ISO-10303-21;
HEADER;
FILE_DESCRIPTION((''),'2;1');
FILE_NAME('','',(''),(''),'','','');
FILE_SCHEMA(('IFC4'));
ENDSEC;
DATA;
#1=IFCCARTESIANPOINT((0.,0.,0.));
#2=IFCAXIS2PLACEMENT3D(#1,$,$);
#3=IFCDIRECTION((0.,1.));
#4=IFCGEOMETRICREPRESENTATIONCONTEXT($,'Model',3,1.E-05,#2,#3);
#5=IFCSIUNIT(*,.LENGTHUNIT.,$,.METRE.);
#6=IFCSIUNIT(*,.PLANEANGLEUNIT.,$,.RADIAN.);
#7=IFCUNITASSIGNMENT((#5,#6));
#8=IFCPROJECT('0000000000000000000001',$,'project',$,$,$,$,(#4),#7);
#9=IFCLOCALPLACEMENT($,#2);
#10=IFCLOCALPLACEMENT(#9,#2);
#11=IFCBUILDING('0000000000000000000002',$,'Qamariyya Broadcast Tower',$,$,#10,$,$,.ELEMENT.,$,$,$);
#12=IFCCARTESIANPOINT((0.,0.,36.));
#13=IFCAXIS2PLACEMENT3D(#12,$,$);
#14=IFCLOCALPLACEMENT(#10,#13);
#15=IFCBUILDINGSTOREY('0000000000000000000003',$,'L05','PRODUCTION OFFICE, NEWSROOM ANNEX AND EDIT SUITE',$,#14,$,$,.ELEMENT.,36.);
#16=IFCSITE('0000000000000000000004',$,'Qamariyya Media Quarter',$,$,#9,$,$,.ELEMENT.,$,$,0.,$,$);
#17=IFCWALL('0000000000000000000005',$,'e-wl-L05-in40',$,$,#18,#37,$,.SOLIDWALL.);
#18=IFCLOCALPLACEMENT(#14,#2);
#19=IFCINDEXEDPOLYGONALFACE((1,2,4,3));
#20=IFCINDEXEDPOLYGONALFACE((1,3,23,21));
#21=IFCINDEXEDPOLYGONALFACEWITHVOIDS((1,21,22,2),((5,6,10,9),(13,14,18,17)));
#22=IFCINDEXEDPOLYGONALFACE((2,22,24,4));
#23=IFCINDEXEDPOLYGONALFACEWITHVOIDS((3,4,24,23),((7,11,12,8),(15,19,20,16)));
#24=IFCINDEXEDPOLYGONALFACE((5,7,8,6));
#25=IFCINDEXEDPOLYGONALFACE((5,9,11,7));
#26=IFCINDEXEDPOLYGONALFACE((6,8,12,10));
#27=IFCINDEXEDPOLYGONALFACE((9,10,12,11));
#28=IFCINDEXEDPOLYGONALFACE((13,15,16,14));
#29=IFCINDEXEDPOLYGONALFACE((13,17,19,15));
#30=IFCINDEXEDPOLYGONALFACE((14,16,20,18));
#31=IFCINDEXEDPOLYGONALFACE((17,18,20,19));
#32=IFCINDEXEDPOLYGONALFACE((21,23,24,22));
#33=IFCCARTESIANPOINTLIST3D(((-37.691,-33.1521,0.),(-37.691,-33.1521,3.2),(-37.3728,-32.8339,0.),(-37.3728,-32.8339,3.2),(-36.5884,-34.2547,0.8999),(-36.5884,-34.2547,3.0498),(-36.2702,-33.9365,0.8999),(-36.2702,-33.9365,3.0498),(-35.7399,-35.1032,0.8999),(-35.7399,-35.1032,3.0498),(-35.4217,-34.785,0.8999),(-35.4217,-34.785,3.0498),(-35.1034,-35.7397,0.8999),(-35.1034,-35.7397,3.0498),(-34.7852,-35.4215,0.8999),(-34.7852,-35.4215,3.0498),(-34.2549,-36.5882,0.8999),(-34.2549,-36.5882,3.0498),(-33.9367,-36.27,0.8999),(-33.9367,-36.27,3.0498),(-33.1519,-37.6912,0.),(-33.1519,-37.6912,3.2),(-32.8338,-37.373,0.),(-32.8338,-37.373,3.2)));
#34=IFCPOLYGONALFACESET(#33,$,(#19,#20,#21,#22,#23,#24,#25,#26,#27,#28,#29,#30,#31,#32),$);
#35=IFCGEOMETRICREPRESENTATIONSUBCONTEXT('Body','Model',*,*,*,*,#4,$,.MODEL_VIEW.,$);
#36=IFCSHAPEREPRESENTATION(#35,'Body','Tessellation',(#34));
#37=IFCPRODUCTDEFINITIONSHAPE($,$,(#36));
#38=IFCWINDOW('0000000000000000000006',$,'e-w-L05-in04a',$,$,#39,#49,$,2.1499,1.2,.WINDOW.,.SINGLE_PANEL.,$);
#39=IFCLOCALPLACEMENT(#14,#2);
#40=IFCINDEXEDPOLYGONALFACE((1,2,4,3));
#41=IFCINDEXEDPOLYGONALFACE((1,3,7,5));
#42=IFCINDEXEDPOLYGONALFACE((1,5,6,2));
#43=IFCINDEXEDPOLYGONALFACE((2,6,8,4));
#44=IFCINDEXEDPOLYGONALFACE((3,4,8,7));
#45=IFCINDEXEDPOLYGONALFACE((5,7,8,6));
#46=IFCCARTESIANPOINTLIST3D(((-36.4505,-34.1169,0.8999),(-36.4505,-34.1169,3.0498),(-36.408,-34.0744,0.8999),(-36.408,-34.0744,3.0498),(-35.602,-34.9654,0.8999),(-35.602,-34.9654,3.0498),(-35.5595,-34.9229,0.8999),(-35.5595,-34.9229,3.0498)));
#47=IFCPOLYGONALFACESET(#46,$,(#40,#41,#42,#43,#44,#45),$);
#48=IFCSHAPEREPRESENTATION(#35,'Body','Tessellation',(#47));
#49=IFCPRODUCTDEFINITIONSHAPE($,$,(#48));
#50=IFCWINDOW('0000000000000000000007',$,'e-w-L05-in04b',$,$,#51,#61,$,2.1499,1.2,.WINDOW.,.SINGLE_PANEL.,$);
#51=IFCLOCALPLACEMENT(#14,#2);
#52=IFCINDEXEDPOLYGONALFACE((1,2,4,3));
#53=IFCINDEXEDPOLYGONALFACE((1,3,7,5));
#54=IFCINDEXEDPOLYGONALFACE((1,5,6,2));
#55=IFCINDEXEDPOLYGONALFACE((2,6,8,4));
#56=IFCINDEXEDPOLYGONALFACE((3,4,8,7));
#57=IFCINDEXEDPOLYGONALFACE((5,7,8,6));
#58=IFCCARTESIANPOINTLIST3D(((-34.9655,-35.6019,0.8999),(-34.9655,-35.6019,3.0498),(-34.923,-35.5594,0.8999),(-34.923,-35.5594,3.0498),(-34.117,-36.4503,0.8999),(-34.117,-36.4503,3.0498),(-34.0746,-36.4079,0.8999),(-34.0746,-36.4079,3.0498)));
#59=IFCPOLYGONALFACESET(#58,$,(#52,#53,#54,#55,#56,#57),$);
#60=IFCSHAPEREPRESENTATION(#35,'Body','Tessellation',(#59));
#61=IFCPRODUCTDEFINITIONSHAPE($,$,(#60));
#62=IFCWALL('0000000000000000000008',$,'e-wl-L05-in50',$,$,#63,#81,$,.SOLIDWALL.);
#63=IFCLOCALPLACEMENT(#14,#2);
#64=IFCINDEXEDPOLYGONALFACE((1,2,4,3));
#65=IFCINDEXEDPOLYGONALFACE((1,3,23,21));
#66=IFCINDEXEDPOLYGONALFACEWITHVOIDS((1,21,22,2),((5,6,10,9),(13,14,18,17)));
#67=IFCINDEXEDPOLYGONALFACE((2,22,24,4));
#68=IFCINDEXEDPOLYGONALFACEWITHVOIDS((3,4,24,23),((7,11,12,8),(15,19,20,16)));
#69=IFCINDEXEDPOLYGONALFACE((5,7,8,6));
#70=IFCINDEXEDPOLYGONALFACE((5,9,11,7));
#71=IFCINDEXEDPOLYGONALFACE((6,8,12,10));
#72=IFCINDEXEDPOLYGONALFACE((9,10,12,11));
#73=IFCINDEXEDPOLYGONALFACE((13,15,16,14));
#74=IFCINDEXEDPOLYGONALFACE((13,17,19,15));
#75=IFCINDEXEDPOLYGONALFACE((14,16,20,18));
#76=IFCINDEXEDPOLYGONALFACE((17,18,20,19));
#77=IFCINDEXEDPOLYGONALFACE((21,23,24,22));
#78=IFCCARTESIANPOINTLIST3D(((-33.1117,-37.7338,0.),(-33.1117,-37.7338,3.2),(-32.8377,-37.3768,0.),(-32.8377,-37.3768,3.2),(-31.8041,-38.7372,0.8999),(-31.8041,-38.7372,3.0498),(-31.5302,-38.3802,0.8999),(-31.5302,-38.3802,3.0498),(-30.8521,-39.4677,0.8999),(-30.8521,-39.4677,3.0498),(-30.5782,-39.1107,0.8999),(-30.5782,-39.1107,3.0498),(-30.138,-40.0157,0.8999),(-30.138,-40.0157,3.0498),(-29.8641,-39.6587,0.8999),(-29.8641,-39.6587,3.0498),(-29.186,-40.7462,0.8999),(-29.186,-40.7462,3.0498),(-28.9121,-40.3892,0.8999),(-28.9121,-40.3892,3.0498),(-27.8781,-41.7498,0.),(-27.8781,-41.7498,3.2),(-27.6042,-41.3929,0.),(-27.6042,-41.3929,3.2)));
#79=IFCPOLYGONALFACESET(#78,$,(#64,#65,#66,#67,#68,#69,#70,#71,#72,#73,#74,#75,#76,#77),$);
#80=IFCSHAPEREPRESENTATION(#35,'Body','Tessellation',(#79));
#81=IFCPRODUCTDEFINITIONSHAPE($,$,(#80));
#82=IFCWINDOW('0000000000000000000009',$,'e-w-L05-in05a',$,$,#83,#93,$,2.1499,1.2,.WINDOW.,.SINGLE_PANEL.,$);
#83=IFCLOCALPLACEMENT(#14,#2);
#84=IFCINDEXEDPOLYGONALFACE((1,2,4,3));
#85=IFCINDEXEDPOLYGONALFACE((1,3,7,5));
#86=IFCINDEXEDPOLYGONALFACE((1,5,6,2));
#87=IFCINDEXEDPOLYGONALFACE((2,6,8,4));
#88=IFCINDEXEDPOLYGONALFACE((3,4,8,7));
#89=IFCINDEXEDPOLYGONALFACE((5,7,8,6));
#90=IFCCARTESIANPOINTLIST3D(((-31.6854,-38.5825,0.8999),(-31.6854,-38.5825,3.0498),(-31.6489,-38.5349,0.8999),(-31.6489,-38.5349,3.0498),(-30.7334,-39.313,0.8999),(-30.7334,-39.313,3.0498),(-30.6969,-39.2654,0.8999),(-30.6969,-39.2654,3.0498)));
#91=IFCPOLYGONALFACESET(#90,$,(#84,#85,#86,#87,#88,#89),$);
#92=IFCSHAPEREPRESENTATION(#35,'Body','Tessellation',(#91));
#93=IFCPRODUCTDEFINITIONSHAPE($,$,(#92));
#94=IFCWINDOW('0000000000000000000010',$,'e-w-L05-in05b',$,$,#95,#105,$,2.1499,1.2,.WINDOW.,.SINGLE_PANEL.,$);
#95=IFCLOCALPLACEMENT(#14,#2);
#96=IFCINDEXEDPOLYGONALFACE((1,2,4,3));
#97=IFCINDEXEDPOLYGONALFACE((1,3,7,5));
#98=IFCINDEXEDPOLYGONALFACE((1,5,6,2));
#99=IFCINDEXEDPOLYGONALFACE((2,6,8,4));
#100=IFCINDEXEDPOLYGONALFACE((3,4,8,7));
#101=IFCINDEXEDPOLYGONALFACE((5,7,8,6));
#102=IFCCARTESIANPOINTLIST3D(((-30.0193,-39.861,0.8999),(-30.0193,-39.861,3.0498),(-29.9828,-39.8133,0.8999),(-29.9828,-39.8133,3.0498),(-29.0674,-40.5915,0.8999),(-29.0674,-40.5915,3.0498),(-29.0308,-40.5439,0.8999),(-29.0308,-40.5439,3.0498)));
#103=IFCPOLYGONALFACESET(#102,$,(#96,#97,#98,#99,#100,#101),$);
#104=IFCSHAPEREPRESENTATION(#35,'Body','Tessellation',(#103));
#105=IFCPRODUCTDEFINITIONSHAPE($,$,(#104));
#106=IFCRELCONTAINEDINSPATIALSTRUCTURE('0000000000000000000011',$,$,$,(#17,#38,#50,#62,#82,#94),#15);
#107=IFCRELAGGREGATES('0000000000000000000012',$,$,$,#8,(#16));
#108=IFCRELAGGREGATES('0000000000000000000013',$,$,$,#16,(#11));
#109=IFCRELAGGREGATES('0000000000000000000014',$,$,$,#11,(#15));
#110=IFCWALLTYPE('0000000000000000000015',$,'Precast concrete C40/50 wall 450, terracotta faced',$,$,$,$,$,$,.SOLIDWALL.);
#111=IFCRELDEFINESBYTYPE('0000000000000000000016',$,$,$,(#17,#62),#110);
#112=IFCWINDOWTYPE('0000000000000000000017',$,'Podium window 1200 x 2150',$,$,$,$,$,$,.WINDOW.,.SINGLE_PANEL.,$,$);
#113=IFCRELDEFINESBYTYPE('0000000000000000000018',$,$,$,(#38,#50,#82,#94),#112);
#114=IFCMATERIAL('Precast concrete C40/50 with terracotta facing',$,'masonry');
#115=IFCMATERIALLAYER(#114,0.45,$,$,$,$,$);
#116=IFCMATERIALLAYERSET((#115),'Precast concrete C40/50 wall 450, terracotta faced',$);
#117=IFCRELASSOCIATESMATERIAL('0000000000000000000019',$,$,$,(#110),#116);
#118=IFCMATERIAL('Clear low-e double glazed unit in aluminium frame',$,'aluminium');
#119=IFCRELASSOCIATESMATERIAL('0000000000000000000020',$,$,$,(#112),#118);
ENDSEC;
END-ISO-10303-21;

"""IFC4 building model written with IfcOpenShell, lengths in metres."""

from ifc_helpers import new_model, si_unit, direction, frame, frame_2d, origin, place, context, subcontext, project, spatial, rectangle, extrude, material, layer, layer_set, type_object, element, fill, save


model = new_model("IFC4")

# Units and contexts
model_context = context("Model", 3, precision=1e-05, world=origin(), true_north=direction((0.0, 1.0)))
body_context = subcontext(model_context, "Body", "Model", "MODEL_VIEW")
ifc_project = project(units=[si_unit("LENGTHUNIT", "METRE"), si_unit("PLANEANGLEUNIT", "RADIAN")], contexts=[model_context])

# Site, building, storey
site_placement = place(None, origin())
site = spatial("IfcSite", under=ifc_project, at=site_placement, Name="Qamariyya Media Quarter", CompositionType="ELEMENT", RefElevation=0.0)
building_placement = place(site_placement, origin())
building = spatial("IfcBuilding", under=site, at=building_placement, Name="Qamariyya Broadcast Tower", CompositionType="ELEMENT")
storey_placement = place(building_placement, frame((0.0, 0.0, 36.0)))
storey = spatial("IfcBuildingStorey", under=building, at=storey_placement, Name="L05", Description="PRODUCTION OFFICE, NEWSROOM ANNEX AND EDIT SUITE", CompositionType="ELEMENT", Elevation=36.0)

# Walls, openings, windows
ifc_material_1 = material(Name="Precast concrete C40/50 with terracotta facing", Category="masonry")
ifc_layer_1 = layer(ifc_material_1, 0.45)
ifc_layer_set_1 = layer_set([ifc_layer_1], Name="Precast concrete C40/50 wall 450, terracotta faced")
wall_type_1 = type_object("IfcWallType", Name="Precast concrete C40/50 wall 450, terracotta faced", PredefinedType="SOLIDWALL", material=ifc_layer_set_1)
wall_1_placement = place(storey_placement, frame((-32.9929, -37.532, 0.0), z_axis=(0.0, 0.0, 1.0), x_axis=(-0.707107, 0.707107, 0.0)))
wall_1 = element("IfcWall", 1, at=wall_1_placement, inside=storey, type_object=wall_type_1, Name="e-wl-L05-in40", PredefinedType="SOLIDWALL", context=body_context, shape_type="SweptSolid", body=[
    extrude(rectangle(XDim=6.4192, YDim=0.45, at=frame_2d((3.2095, 0.0))), origin(), (0.0, 0.0, 1.0), 3.2),
])
opening_1_placement = place(wall_1_placement, frame((3.6597, 0.0, 0.8999)))
opening_1 = element("IfcOpeningElement", 2, at=opening_1_placement, cuts=wall_1, PredefinedType="OPENING", context=body_context, shape_type="SweptSolid", body=[
    extrude(rectangle(XDim=1.2, YDim=2.1499, at=frame_2d((0.6001, 1.075))), frame((0.0, 0.2349, 0.0), z_axis=(0.0, -1.0, 0.0), x_axis=(1.0, 0.0, 0.0)), (0.0, 0.0, 1.0), 0.47),
])
opening_2_placement = place(wall_1_placement, frame((1.5596, 0.0, 0.8999)))
opening_2 = element("IfcOpeningElement", 3, at=opening_2_placement, cuts=wall_1, PredefinedType="OPENING", context=body_context, shape_type="SweptSolid", body=[
    extrude(rectangle(XDim=1.2, YDim=2.1499, at=frame_2d((0.6001, 1.075))), frame((0.0, 0.2349, 0.0), z_axis=(0.0, -1.0, 0.0), x_axis=(1.0, 0.0, 0.0)), (0.0, 0.0, 1.0), 0.47),
])
ifc_material_2 = material(Name="Clear low-e double glazed unit in aluminium frame", Category="aluminium")
window_type = type_object("IfcWindowType", Name="Podium window 1200 x 2150", PartitioningType="SINGLE_PANEL", PredefinedType="WINDOW", material=ifc_material_2)
window_1_placement = place(opening_1_placement, origin())
window_1 = element("IfcWindow", 4, at=window_1_placement, inside=storey, type_object=window_type, Name="e-w-L05-in04a", OverallHeight=2.1499, OverallWidth=1.2, PartitioningType="SINGLE_PANEL", PredefinedType="WINDOW", context=body_context, shape_type="SweptSolid", body=[
    extrude(rectangle(XDim=1.2, YDim=2.1499, at=frame_2d((0.6001, 1.075))), frame((0.0, 0.03, 0.0), z_axis=(0.0, -1.0, 0.0), x_axis=(1.0, 0.0, 0.0)), (0.0, 0.0, 1.0), 0.0601),
])
fill(opening_1, window_1)
window_2_placement = place(opening_2_placement, origin())
window_2 = element("IfcWindow", 5, at=window_2_placement, inside=storey, type_object=window_type, Name="e-w-L05-in04b", OverallHeight=2.1499, OverallWidth=1.2, PartitioningType="SINGLE_PANEL", PredefinedType="WINDOW", context=body_context, shape_type="SweptSolid", body=[
    extrude(rectangle(XDim=1.2, YDim=2.1499, at=frame_2d((0.6001, 1.075))), frame((0.0, 0.03, 0.0), z_axis=(0.0, -1.0, 0.0), x_axis=(1.0, 0.0, 0.0)), (0.0, 0.0, 1.0), 0.0601),
])
fill(opening_2, window_2)
wall_2_placement = place(storey_placement, frame((-27.7412, -41.5713, 0.0), z_axis=(0.0, 0.0, 1.0), x_axis=(-0.793339, 0.60878, 0.0)))
wall_2 = element("IfcWall", 6, at=wall_2_placement, inside=storey, type_object=wall_type_1, Name="e-wl-L05-in50", PredefinedType="SOLIDWALL", context=body_context, shape_type="SweptSolid", body=[
    extrude(rectangle(XDim=6.5969, YDim=0.45, at=frame_2d((3.2983, 0.0))), origin(), (0.0, 0.0, 1.0), 3.2),
])
opening_3_placement = place(wall_2_placement, frame((3.7485, 0.0, 0.8999)))
opening_3 = element("IfcOpeningElement", 7, at=opening_3_placement, cuts=wall_2, PredefinedType="OPENING", context=body_context, shape_type="SweptSolid", body=[
    extrude(rectangle(XDim=1.2, YDim=2.1499, at=frame_2d((0.6001, 1.075))), frame((0.0, 0.2349, 0.0), z_axis=(0.0, -1.0, 0.0), x_axis=(1.0, 0.0, 0.0)), (0.0, 0.0, 1.0), 0.47),
])
opening_4_placement = place(wall_2_placement, frame((1.6484, 0.0, 0.8999)))
opening_4 = element("IfcOpeningElement", 8, at=opening_4_placement, cuts=wall_2, PredefinedType="OPENING", context=body_context, shape_type="SweptSolid", body=[
    extrude(rectangle(XDim=1.2, YDim=2.1499, at=frame_2d((0.6001, 1.075))), frame((0.0, 0.2349, 0.0), z_axis=(0.0, -1.0, 0.0), x_axis=(1.0, 0.0, 0.0)), (0.0, 0.0, 1.0), 0.47),
])
window_3_placement = place(opening_3_placement, origin())
window_3 = element("IfcWindow", 9, at=window_3_placement, inside=storey, type_object=window_type, Name="e-w-L05-in05a", OverallHeight=2.1499, OverallWidth=1.2, PartitioningType="SINGLE_PANEL", PredefinedType="WINDOW", context=body_context, shape_type="SweptSolid", body=[
    extrude(rectangle(XDim=1.2, YDim=2.1499, at=frame_2d((0.6001, 1.075))), frame((0.0, 0.03, 0.0), z_axis=(0.0, -1.0, 0.0), x_axis=(1.0, 0.0, 0.0)), (0.0, 0.0, 1.0), 0.0601),
])
fill(opening_3, window_3)
window_4_placement = place(opening_4_placement, origin())
window_4 = element("IfcWindow", 10, at=window_4_placement, inside=storey, type_object=window_type, Name="e-w-L05-in05b", OverallHeight=2.1499, OverallWidth=1.2, PartitioningType="SINGLE_PANEL", PredefinedType="WINDOW", context=body_context, shape_type="SweptSolid", body=[
    extrude(rectangle(XDim=1.2, YDim=2.1499, at=frame_2d((0.6001, 1.075))), frame((0.0, 0.03, 0.0), z_axis=(0.0, -1.0, 0.0), x_axis=(1.0, 0.0, 0.0)), (0.0, 0.0, 1.0), 0.0601),
])
fill(opening_4, window_4)

save(model, "model.ifc")
